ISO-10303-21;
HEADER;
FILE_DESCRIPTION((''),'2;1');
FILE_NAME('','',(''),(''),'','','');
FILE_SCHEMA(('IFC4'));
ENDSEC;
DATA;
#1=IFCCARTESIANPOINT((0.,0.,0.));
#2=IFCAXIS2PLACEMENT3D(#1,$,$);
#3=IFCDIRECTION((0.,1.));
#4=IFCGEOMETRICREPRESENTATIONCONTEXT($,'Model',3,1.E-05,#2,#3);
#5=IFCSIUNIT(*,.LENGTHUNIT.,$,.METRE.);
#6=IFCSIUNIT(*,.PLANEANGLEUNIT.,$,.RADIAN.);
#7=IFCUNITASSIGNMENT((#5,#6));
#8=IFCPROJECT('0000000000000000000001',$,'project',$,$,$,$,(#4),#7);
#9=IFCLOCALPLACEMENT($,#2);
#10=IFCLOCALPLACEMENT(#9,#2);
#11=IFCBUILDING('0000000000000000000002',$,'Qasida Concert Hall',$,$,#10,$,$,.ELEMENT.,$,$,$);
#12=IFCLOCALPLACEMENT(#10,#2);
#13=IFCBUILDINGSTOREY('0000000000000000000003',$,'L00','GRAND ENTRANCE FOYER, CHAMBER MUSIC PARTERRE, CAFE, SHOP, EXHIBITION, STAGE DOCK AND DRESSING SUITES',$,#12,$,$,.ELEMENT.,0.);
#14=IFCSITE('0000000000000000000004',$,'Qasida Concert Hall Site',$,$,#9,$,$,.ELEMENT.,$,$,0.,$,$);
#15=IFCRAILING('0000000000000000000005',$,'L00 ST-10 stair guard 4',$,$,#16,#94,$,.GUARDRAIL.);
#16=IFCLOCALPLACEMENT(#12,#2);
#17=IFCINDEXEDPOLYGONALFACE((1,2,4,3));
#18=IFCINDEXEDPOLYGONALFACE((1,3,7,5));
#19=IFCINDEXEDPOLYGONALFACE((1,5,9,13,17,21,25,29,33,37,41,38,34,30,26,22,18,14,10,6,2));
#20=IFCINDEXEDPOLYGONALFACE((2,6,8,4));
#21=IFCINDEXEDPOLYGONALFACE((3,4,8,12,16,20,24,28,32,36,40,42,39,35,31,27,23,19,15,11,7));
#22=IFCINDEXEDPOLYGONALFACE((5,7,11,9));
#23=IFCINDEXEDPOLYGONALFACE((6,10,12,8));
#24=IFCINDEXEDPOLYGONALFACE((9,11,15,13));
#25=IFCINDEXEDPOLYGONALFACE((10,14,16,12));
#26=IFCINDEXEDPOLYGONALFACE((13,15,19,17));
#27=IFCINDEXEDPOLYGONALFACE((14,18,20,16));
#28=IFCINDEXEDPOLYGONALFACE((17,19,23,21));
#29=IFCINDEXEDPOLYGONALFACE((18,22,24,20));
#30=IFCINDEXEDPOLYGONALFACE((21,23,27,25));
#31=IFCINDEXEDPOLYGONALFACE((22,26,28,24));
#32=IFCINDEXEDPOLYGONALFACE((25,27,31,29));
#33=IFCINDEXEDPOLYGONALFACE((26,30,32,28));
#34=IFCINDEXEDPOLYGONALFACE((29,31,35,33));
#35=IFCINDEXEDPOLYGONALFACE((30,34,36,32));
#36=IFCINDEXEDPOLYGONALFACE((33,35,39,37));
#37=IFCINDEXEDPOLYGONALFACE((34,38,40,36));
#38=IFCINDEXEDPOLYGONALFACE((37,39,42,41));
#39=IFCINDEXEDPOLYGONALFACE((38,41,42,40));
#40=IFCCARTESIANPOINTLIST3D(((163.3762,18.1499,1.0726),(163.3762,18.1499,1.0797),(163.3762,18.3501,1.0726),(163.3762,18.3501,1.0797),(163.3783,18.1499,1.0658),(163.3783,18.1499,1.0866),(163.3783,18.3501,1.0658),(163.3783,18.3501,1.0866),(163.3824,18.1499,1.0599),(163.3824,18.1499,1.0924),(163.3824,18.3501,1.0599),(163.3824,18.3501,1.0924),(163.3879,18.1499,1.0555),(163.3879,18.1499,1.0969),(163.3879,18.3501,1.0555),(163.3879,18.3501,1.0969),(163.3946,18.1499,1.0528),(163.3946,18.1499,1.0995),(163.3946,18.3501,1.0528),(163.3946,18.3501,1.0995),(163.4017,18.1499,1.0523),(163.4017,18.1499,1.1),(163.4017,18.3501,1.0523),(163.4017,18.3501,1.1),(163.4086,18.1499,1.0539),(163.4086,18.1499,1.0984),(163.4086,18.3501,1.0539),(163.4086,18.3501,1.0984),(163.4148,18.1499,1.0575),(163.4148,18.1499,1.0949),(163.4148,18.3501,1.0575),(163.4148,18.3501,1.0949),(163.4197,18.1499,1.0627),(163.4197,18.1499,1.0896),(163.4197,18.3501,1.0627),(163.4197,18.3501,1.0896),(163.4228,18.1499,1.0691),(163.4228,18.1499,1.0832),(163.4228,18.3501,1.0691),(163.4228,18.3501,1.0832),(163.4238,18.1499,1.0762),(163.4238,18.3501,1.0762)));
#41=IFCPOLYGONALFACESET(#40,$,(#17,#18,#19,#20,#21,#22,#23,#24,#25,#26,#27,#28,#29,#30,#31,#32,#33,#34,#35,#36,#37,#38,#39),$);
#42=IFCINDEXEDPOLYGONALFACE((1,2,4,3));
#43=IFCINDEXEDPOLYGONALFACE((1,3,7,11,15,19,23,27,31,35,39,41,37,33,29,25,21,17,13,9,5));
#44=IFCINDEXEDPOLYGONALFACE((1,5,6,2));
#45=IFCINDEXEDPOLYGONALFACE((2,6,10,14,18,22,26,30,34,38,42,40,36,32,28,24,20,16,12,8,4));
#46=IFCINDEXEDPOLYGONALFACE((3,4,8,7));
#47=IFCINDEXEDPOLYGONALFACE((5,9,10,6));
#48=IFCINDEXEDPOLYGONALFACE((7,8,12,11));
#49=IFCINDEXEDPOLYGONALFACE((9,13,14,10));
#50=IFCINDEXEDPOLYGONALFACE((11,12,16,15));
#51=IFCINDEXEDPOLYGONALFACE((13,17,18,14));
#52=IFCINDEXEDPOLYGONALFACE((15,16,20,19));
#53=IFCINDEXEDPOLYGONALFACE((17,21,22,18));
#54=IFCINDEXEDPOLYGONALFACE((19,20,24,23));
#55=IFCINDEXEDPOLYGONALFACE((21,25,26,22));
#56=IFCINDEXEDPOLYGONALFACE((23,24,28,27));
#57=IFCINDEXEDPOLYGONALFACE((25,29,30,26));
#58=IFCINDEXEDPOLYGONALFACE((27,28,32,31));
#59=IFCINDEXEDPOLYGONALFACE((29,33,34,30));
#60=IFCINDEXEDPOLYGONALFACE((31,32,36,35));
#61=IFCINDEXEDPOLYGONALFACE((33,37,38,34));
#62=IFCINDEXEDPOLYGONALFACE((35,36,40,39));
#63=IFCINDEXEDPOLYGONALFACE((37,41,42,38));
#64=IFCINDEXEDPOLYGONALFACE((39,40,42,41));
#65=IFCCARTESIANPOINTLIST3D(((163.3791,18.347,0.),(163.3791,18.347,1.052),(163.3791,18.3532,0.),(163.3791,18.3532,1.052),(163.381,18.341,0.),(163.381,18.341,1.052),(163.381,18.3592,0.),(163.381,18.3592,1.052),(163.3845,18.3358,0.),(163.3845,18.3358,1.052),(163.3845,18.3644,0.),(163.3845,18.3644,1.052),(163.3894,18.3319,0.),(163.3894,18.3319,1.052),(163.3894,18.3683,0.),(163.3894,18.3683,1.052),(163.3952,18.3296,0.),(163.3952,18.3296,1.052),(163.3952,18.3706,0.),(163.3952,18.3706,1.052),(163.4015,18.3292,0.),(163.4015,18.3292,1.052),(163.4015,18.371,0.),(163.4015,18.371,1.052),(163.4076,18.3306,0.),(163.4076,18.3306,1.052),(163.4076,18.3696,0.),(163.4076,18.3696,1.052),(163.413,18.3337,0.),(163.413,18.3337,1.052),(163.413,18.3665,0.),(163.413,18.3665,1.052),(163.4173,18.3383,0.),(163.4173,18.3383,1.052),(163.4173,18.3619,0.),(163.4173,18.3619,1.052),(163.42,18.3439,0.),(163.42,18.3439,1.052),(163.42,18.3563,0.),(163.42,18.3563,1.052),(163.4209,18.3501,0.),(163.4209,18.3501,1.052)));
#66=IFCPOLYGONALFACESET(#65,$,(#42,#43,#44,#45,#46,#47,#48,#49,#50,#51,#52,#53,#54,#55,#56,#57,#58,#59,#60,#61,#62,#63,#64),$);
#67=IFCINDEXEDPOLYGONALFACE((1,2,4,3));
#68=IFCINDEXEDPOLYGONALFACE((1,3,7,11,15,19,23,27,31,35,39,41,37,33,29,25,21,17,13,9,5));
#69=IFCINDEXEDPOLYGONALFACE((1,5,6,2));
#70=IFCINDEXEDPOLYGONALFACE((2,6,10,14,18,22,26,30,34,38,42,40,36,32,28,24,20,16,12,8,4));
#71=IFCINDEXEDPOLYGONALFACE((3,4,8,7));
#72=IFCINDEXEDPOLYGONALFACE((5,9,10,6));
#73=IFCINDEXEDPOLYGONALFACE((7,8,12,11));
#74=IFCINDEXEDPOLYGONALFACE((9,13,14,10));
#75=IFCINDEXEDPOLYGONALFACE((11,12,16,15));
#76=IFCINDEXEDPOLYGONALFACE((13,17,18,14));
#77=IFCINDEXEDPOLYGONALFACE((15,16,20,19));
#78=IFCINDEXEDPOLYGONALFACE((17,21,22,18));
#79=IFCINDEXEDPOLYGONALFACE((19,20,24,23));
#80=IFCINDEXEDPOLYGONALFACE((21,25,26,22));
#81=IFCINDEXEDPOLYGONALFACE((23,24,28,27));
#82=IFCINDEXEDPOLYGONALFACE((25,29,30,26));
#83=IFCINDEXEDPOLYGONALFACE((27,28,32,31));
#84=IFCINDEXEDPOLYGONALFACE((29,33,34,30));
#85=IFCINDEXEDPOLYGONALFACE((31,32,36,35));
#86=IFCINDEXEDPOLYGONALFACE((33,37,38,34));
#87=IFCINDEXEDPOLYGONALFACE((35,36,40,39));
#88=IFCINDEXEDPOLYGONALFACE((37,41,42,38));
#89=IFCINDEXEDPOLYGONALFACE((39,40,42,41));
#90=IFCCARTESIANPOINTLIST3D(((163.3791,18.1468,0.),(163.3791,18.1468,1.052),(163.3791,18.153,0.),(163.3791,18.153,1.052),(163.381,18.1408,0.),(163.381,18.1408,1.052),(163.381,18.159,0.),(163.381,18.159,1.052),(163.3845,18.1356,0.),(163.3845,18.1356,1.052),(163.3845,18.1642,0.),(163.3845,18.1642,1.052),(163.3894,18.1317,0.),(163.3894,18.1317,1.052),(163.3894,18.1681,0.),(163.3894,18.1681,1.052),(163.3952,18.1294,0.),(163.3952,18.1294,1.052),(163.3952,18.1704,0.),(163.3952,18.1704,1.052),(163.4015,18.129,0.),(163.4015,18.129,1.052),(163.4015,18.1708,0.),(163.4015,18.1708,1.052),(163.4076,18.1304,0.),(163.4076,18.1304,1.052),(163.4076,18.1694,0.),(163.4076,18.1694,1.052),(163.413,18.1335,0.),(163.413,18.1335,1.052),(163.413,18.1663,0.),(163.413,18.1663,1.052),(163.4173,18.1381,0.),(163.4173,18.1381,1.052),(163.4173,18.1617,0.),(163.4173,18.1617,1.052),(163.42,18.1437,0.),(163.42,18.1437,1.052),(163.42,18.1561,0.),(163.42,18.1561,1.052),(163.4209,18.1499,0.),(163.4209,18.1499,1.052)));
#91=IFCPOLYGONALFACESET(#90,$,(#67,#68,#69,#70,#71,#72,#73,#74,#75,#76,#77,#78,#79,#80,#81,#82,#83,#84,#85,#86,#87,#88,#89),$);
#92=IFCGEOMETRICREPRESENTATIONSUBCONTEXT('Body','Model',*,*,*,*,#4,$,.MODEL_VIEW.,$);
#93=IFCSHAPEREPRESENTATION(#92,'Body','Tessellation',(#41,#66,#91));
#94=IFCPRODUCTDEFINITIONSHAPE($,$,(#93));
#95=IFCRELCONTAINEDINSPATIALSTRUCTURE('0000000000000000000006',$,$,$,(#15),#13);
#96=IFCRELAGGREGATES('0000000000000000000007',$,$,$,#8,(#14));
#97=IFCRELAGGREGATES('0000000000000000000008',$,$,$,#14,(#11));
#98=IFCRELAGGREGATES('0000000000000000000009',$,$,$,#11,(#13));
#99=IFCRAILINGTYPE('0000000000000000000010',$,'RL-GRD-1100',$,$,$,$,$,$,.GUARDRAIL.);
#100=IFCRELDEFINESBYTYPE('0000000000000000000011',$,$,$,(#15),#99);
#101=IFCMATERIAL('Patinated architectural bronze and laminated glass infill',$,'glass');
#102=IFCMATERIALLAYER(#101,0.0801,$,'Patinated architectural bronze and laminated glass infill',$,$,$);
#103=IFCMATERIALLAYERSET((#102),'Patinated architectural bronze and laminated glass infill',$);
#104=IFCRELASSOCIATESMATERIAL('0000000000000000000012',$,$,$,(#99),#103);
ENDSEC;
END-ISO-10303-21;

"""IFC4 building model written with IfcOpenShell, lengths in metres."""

from ifc_helpers import new_model, si_unit, direction, frame, origin, origin_2d, place, context, subcontext, project, spatial, circle, extrude, material, layer, layer_set, type_object, element, save


model = new_model("IFC4")

# Units and contexts
model_context = context("Model", 3, precision=1e-05, world=origin(), true_north=direction((0.0, 1.0)))
body_context = subcontext(model_context, "Body", "Model", "MODEL_VIEW")
ifc_project = project(units=[si_unit("LENGTHUNIT", "METRE"), si_unit("PLANEANGLEUNIT", "RADIAN")], contexts=[model_context])

# Site, building, storey
site_placement = place(None, origin())
site = spatial("IfcSite", under=ifc_project, at=site_placement, Name="Qasida Concert Hall Site", CompositionType="ELEMENT", RefElevation=0.0)
building_placement = place(site_placement, origin())
building = spatial("IfcBuilding", under=site, at=building_placement, Name="Qasida Concert Hall", CompositionType="ELEMENT")
storey_placement = place(building_placement, origin())
storey = spatial("IfcBuildingStorey", under=building, at=storey_placement, Name="L00", Description="GRAND ENTRANCE FOYER, CHAMBER MUSIC PARTERRE, CAFE, SHOP, EXHIBITION, STAGE DOCK AND DRESSING SUITES", CompositionType="ELEMENT", Elevation=0.0)

# Railing
ifc_material_1 = material(Name="Patinated architectural bronze and laminated glass infill", Category="glass")
ifc_layer_1 = layer(ifc_material_1, 0.0801, Name="Patinated architectural bronze and laminated glass infill")
ifc_layer_set_1 = layer_set([ifc_layer_1], Name="Patinated architectural bronze and laminated glass infill")
railing_type_1 = type_object("IfcRailingType", Name="RL-GRD-1100", PredefinedType="GUARDRAIL", material=ifc_layer_set_1)
railing_1_placement = place(storey_placement, frame((163.3999, 18.3501, 0.0)))
element("IfcRailing", 1, at=railing_1_placement, inside=storey, type_object=railing_type_1, Name="L00 ST-10 stair guard 4", PredefinedType="GUARDRAIL", context=body_context, shape_type="SweptSolid", body=[
    extrude(circle(Radius=0.0239, at=origin_2d()), frame((0.0, 0.0, 1.0762), z_axis=(0.0, -1.0, 0.0), x_axis=(1.0, 0.0, 0.0)), (0.0, 0.0, 1.0), 0.2002),
    extrude(circle(Radius=0.021, at=origin_2d()), origin(), (0.0, 0.0, 1.0), 1.052),
    extrude(circle(Radius=0.021, at=origin_2d()), frame((0.0, -0.2002, 0.0)), (0.0, 0.0, 1.0), 1.052),
])

save(model, "model.ifc")
